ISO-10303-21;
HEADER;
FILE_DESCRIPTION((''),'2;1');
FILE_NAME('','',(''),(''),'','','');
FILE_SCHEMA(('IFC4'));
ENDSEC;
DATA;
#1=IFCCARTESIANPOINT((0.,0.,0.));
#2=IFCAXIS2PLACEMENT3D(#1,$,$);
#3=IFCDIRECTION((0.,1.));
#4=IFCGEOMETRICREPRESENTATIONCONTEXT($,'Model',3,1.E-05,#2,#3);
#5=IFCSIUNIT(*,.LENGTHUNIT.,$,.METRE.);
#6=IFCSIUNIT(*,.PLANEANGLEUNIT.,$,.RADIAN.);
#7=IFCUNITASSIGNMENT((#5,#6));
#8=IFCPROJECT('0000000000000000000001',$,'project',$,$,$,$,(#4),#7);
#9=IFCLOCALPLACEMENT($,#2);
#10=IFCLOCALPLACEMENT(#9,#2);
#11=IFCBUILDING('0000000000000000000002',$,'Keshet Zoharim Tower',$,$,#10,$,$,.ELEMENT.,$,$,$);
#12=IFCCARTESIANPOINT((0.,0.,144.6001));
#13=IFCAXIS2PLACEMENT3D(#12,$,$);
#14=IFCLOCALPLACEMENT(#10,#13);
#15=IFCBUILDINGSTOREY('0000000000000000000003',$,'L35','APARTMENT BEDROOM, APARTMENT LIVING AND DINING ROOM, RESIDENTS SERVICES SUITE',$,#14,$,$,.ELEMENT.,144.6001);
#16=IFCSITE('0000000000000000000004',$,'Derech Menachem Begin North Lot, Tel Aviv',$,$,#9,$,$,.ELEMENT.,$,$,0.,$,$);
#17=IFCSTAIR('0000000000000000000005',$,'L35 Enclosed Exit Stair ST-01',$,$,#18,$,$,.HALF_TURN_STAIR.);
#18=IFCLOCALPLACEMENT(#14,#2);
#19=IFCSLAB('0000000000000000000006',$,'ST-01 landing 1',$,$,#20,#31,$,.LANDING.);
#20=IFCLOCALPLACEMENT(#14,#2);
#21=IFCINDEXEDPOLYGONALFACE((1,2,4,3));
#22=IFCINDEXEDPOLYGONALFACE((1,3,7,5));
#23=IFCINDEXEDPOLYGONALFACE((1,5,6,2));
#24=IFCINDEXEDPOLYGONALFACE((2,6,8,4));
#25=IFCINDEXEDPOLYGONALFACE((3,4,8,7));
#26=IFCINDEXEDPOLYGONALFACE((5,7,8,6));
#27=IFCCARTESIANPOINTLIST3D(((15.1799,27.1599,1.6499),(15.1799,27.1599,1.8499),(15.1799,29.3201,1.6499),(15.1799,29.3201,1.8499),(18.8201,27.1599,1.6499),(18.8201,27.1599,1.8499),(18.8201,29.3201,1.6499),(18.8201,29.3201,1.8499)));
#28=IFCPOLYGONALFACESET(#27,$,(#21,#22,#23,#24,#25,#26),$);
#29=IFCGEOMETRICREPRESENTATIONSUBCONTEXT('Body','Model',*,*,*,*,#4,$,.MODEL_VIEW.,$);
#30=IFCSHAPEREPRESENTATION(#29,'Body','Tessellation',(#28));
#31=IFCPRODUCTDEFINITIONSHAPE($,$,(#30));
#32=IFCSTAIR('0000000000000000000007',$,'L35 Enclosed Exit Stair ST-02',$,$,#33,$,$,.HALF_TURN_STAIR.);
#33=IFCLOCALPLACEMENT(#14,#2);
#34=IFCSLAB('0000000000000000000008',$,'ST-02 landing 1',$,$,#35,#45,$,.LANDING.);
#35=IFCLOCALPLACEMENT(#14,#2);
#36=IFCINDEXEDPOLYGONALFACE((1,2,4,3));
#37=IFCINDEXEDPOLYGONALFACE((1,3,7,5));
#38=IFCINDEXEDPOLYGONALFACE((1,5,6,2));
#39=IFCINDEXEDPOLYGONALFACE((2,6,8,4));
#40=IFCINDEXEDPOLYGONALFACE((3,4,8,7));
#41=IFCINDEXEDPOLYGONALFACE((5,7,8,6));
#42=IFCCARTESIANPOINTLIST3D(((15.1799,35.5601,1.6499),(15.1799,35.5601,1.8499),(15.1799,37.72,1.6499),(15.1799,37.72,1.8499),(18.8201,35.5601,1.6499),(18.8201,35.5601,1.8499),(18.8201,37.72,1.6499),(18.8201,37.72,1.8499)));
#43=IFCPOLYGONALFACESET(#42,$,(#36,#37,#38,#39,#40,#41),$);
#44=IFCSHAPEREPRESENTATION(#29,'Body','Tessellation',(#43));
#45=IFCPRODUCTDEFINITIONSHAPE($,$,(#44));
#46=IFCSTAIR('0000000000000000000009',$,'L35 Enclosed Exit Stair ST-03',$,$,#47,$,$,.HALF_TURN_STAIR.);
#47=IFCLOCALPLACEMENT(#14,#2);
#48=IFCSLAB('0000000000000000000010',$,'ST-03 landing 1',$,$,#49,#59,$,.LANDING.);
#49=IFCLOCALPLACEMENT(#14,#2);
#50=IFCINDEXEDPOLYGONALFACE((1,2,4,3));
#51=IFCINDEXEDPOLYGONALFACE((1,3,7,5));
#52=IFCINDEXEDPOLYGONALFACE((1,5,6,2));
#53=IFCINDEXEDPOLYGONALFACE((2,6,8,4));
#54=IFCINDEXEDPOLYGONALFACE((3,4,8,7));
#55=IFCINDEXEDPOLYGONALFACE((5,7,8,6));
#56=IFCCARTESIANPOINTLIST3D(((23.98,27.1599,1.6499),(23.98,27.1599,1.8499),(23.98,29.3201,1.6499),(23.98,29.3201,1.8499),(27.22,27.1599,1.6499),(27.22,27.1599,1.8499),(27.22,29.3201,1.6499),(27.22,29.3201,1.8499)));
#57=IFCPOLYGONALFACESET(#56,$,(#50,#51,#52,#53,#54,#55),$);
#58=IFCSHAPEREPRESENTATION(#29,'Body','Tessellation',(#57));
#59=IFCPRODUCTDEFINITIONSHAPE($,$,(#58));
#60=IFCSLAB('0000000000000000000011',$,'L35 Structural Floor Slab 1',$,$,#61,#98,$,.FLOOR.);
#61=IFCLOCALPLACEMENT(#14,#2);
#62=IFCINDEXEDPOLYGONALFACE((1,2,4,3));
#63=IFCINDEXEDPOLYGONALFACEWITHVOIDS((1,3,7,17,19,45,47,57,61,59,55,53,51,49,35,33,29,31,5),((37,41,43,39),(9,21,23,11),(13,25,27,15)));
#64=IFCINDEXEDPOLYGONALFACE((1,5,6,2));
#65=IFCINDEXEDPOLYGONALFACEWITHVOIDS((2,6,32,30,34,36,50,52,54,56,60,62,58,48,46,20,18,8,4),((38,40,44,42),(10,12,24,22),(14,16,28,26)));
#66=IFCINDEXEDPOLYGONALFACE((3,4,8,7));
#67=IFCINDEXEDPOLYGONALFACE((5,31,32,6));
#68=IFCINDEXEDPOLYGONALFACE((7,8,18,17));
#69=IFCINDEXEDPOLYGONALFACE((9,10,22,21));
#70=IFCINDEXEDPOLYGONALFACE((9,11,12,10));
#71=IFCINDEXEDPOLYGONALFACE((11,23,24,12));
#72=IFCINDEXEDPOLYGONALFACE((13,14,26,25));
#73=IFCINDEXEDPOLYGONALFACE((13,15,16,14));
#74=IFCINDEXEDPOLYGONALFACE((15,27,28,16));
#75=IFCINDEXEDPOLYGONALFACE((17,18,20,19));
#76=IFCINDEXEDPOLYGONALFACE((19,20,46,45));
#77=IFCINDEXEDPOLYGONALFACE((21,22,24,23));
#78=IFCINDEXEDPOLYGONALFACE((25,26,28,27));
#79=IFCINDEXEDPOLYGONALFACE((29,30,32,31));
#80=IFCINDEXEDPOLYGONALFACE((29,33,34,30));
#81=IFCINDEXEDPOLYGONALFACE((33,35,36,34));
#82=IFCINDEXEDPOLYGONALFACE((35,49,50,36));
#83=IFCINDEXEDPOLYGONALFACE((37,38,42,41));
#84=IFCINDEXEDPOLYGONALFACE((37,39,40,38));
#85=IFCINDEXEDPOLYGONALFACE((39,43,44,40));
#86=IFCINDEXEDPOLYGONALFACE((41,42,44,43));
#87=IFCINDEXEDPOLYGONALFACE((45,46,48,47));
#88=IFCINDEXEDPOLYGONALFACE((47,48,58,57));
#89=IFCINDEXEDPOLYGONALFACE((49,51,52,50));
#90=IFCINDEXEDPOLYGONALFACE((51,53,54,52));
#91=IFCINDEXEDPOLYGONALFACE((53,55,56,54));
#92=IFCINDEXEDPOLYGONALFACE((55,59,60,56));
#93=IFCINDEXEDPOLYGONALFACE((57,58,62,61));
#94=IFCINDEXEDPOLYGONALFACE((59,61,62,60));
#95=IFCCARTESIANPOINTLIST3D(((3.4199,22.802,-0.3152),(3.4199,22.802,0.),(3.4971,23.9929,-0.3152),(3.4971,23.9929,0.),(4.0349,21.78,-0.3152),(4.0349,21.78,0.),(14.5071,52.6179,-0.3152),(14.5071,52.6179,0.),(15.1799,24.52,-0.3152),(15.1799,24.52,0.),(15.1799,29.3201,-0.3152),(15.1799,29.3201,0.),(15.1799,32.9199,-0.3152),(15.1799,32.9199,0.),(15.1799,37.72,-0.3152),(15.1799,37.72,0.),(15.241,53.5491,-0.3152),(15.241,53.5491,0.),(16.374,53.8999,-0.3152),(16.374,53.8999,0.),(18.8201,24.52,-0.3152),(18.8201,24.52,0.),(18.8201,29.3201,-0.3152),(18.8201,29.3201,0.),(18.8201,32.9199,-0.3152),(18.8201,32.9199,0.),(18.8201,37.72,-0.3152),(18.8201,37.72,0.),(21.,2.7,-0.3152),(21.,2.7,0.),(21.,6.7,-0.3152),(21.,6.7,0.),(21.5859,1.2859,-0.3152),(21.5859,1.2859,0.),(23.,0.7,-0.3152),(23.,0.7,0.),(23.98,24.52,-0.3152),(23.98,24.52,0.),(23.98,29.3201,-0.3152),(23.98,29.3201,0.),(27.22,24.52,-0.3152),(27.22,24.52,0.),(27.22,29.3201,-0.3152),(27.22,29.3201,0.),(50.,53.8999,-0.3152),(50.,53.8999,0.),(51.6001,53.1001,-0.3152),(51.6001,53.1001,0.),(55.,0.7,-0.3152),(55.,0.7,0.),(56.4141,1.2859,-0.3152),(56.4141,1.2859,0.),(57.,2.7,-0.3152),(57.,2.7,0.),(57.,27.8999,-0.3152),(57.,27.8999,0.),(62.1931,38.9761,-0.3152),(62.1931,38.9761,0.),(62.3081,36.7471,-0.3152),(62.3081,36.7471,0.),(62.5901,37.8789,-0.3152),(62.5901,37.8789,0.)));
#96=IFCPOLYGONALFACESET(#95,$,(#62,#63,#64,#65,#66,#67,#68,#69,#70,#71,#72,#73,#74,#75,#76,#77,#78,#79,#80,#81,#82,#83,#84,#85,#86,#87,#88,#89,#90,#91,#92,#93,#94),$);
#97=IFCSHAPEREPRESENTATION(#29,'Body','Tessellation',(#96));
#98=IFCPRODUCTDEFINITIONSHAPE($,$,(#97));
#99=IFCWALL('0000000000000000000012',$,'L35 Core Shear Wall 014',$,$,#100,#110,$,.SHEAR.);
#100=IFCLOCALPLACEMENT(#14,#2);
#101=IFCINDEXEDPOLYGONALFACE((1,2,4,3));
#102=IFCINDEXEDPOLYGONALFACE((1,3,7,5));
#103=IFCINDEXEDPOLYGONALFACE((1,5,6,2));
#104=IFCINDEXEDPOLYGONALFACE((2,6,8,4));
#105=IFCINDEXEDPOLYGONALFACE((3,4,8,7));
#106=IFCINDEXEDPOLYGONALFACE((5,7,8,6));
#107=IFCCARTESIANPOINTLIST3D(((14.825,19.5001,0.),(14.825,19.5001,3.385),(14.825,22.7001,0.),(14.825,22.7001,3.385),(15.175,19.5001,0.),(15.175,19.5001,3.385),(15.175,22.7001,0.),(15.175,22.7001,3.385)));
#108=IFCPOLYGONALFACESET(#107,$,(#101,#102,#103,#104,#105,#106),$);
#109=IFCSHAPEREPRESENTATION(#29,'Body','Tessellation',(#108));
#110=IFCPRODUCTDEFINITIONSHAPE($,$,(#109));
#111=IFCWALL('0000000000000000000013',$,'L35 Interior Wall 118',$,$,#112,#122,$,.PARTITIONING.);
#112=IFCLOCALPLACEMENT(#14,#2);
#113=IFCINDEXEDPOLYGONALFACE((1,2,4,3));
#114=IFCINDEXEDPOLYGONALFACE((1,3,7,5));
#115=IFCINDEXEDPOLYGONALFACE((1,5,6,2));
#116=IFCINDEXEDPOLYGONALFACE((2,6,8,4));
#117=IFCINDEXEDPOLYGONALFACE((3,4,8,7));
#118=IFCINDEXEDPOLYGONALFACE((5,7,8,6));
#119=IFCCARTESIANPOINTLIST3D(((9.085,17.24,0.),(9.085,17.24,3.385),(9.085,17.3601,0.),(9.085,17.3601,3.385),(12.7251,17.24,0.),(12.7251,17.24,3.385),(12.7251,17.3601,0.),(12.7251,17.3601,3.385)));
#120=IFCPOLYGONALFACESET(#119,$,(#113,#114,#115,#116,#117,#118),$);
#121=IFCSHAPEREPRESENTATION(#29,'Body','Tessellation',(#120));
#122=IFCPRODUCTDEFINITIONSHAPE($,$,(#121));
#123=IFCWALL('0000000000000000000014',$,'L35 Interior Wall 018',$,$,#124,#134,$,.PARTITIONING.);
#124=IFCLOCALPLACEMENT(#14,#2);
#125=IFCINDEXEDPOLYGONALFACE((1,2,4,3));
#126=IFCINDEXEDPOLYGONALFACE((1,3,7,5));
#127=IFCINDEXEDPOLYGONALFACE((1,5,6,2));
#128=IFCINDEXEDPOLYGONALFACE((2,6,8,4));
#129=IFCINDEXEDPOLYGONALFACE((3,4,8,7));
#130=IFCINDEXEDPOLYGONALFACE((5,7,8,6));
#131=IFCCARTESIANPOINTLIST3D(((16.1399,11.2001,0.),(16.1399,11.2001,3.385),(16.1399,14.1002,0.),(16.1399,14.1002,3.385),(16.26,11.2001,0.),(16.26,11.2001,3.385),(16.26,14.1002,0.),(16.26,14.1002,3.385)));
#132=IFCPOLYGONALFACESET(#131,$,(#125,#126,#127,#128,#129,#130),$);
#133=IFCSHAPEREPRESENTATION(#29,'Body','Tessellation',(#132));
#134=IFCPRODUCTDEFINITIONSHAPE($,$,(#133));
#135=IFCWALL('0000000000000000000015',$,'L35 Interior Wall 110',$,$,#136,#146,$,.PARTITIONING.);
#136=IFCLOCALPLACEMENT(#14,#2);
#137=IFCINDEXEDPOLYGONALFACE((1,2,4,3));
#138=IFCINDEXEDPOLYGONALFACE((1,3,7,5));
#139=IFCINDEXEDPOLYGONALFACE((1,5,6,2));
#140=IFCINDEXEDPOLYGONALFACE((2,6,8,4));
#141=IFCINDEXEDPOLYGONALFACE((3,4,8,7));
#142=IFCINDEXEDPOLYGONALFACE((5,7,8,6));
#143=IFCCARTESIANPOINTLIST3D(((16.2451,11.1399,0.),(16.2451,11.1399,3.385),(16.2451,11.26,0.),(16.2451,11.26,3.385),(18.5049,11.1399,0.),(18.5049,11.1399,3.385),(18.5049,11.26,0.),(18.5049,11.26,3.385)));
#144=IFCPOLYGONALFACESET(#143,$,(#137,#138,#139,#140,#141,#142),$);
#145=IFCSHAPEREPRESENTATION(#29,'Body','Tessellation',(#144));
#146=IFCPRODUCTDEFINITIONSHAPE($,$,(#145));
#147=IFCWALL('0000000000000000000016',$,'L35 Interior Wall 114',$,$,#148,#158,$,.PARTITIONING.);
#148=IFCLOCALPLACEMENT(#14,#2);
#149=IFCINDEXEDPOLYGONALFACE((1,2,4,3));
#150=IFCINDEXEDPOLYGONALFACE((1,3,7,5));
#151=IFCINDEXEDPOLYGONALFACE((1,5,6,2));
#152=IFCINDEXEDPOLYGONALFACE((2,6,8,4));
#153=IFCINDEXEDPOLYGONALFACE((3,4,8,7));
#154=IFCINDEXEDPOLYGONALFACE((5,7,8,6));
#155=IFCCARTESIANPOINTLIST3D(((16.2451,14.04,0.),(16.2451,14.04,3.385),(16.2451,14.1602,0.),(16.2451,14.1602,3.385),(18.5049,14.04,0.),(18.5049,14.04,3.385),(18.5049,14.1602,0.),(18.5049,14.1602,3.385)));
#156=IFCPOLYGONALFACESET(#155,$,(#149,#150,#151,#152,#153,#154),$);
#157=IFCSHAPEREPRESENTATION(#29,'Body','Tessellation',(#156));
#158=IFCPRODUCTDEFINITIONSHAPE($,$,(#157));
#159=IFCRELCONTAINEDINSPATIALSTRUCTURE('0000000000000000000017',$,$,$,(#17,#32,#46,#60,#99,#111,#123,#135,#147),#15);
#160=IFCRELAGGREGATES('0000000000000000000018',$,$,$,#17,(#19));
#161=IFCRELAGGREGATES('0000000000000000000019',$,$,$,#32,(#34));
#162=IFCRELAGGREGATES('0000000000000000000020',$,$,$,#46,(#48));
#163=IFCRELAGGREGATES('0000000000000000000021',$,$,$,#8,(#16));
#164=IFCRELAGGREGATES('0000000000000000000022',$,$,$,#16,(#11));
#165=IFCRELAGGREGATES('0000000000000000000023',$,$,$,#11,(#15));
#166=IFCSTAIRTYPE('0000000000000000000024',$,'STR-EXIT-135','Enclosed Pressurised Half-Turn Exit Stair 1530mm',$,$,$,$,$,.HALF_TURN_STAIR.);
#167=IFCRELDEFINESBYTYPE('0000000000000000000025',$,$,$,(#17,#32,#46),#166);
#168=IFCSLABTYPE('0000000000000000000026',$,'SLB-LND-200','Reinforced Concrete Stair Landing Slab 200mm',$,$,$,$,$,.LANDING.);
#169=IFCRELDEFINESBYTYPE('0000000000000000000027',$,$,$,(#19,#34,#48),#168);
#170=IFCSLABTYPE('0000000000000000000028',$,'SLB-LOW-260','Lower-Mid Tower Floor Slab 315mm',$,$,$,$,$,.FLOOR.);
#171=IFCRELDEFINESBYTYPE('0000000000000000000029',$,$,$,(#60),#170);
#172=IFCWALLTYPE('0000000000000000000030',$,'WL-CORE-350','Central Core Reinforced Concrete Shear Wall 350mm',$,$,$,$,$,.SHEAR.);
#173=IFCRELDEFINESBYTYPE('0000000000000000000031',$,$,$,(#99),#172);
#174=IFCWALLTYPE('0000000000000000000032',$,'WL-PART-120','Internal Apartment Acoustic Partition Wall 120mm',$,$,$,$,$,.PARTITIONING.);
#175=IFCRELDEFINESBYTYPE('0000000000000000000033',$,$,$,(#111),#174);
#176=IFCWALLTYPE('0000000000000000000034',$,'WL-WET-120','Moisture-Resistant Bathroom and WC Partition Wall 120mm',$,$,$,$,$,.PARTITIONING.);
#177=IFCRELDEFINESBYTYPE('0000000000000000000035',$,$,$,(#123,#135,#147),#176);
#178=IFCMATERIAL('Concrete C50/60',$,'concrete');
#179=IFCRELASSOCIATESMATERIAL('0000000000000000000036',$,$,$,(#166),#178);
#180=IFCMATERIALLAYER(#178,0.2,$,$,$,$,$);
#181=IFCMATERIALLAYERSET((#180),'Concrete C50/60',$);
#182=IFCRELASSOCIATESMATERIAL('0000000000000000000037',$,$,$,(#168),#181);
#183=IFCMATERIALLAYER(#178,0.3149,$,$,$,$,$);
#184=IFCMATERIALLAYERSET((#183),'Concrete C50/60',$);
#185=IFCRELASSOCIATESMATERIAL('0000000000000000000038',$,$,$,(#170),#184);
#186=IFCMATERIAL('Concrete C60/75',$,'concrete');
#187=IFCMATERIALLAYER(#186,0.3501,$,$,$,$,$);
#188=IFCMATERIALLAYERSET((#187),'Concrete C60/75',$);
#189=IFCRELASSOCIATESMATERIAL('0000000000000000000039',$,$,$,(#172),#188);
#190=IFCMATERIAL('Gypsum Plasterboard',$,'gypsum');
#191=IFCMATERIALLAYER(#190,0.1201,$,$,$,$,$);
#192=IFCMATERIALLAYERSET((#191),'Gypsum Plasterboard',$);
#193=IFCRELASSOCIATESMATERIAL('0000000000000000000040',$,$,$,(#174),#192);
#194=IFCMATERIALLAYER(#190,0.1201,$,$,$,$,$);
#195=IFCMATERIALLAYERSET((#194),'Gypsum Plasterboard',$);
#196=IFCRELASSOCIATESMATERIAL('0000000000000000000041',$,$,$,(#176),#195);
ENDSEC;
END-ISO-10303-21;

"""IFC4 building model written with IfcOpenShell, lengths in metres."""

from ifc_helpers import new_model, si_unit, direction, frame, frame_2d, origin, place, context, subcontext, project, spatial, polyline, rectangle, outline, extrude, material, layer, layer_set, type_object, element, aggregate, save


model = new_model("IFC4")

# Units and contexts
model_context = context("Model", 3, precision=1e-05, world=origin(), true_north=direction((0.0, 1.0)))
body_context = subcontext(model_context, "Body", "Model", "MODEL_VIEW")
ifc_project = project(units=[si_unit("LENGTHUNIT", "METRE"), si_unit("PLANEANGLEUNIT", "RADIAN")], contexts=[model_context])

# Site, building, storey
site_placement = place(None, origin())
site = spatial("IfcSite", under=ifc_project, at=site_placement, Name="Derech Menachem Begin North Lot, Tel Aviv", CompositionType="ELEMENT", RefElevation=0.0)
building_placement = place(site_placement, origin())
building = spatial("IfcBuilding", under=site, at=building_placement, Name="Keshet Zoharim Tower", CompositionType="ELEMENT")
storey_placement = place(building_placement, frame((0.0, 0.0, 144.6001)))
storey = spatial("IfcBuildingStorey", under=building, at=storey_placement, Name="L35", Description="APARTMENT BEDROOM, APARTMENT LIVING AND DINING ROOM, RESIDENTS SERVICES SUITE", CompositionType="ELEMENT", Elevation=144.6001)

# Shared definitions
ifc_material_1 = material(Name="Concrete C60/75", Category="concrete")

# Stairs, slabs
ifc_material_2 = material(Name="Concrete C50/60", Category="concrete")
stair_type = type_object("IfcStairType", Name="STR-EXIT-135", Description="Enclosed Pressurised Half-Turn Exit Stair 1530mm", PredefinedType="HALF_TURN_STAIR", material=ifc_material_2)
stair_1_placement = place(storey_placement, origin())
stair_1 = element("IfcStair", 1, at=stair_1_placement, inside=storey, type_object=stair_type, Name="L35 Enclosed Exit Stair ST-01", PredefinedType="HALF_TURN_STAIR")
ifc_layer_1 = layer(ifc_material_2, 0.2)
ifc_layer_set_1 = layer_set([ifc_layer_1], Name="Concrete C50/60")
slab_type_1 = type_object("IfcSlabType", Name="SLB-LND-200", Description="Reinforced Concrete Stair Landing Slab 200mm", PredefinedType="LANDING", material=ifc_layer_set_1)
slab_1_placement = place(storey_placement, frame((0.0, 0.0, 1.6499)))
slab_1 = element("IfcSlab", 2, at=slab_1_placement, type_object=slab_type_1, Name="ST-01 landing 1", PredefinedType="LANDING", context=body_context, shape_type="SweptSolid", body=[
    extrude(outline(polyline([(15.1799, 27.1599), (18.8201, 27.1599), (18.8201, 29.3201), (15.1799, 29.3201), (15.1799, 27.1599)])), origin(), (0.0, 0.0, 1.0), 0.2),
])
aggregate(stair_1, [slab_1])
stair_2_placement = place(storey_placement, origin())
stair_2 = element("IfcStair", 3, at=stair_2_placement, inside=storey, type_object=stair_type, Name="L35 Enclosed Exit Stair ST-02", PredefinedType="HALF_TURN_STAIR")
slab_2_placement = place(storey_placement, frame((0.0, 0.0, 1.6499)))
slab_2 = element("IfcSlab", 4, at=slab_2_placement, type_object=slab_type_1, Name="ST-02 landing 1", PredefinedType="LANDING", context=body_context, shape_type="SweptSolid", body=[
    extrude(outline(polyline([(15.1799, 35.5601), (18.8201, 35.5601), (18.8201, 37.72), (15.1799, 37.72), (15.1799, 35.5601)])), origin(), (0.0, 0.0, 1.0), 0.2),
])
aggregate(stair_2, [slab_2])
stair_3_placement = place(storey_placement, origin())
stair_3 = element("IfcStair", 5, at=stair_3_placement, inside=storey, type_object=stair_type, Name="L35 Enclosed Exit Stair ST-03", PredefinedType="HALF_TURN_STAIR")
slab_3_placement = place(storey_placement, frame((0.0, 0.0, 1.6499)))
slab_3 = element("IfcSlab", 6, at=slab_3_placement, type_object=slab_type_1, Name="ST-03 landing 1", PredefinedType="LANDING", context=body_context, shape_type="SweptSolid", body=[
    extrude(outline(polyline([(23.98, 27.1599), (27.22, 27.1599), (27.22, 29.3201), (23.98, 29.3201), (23.98, 27.1599)])), origin(), (0.0, 0.0, 1.0), 0.2),
])
aggregate(stair_3, [slab_3])

# Slab
ifc_layer_2 = layer(ifc_material_2, 0.3149)
ifc_layer_set_2 = layer_set([ifc_layer_2], Name="Concrete C50/60")
slab_type_2 = type_object("IfcSlabType", Name="SLB-LOW-260", Description="Lower-Mid Tower Floor Slab 315mm", PredefinedType="FLOOR", material=ifc_layer_set_2)
slab_4_placement = place(storey_placement, frame((0.0, 0.0, -0.3152)))
element("IfcSlab", 7, at=slab_4_placement, inside=storey, type_object=slab_type_2, Name="L35 Structural Floor Slab 1", PredefinedType="FLOOR", context=body_context, shape_type="SweptSolid", body=[
    extrude(outline(polyline([(57.0, 2.7), (56.4141, 1.2859), (55.0, 0.7), (23.0, 0.7), (21.5859, 1.2859), (21.0, 2.7), (21.0, 6.7), (4.0349, 21.78), (3.4199, 22.802), (3.4971, 23.9929), (14.5071, 52.6179), (15.241, 53.5491), (16.374, 53.8999), (50.0, 53.8999), (51.6001, 53.1001), (62.1931, 38.9761), (62.5901, 37.8789), (62.3081, 36.7471), (57.0, 27.8999), (57.0, 2.7)]), holes=[polyline([(15.1799, 24.52), (18.8201, 24.52), (18.8201, 29.3201), (15.1799, 29.3201), (15.1799, 24.52)]), polyline([(15.1799, 32.9199), (18.8201, 32.9199), (18.8201, 37.72), (15.1799, 37.72), (15.1799, 32.9199)]), polyline([(23.98, 24.52), (27.22, 24.52), (27.22, 29.3201), (23.98, 29.3201), (23.98, 24.52)])]), origin(), (0.0, 0.0, 1.0), 0.3152),
])

# Wall
ifc_layer_3 = layer(ifc_material_1, 0.3501)
ifc_layer_set_3 = layer_set([ifc_layer_3], Name="Concrete C60/75")
wall_type_1 = type_object("IfcWallType", Name="WL-CORE-350", Description="Central Core Reinforced Concrete Shear Wall 350mm", PredefinedType="SHEAR", material=ifc_layer_set_3)
wall_1_placement = place(storey_placement, frame((15.0, 19.5, 0.0), z_axis=(0.0, 0.0, 1.0), x_axis=(0.0, 1.0, 0.0)))
element("IfcWall", 8, at=wall_1_placement, inside=storey, type_object=wall_type_1, Name="L35 Core Shear Wall 014", PredefinedType="SHEAR", context=body_context, shape_type="SweptSolid", body=[
    extrude(rectangle(XDim=3.2, YDim=0.3501, at=frame_2d((1.6001, 0.0))), origin(), (0.0, 0.0, 1.0), 3.385),
])

# Shared definitions
ifc_material_3 = material(Name="Gypsum Plasterboard", Category="gypsum")
ifc_layer_4 = layer(ifc_material_3, 0.1201)
ifc_layer_set_4 = layer_set([ifc_layer_4], Name="Gypsum Plasterboard")
wall_type_2 = type_object("IfcWallType", Name="WL-PART-120", Description="Internal Apartment Acoustic Partition Wall 120mm", PredefinedType="PARTITIONING", material=ifc_layer_set_4)

# Walls
wall_2_placement = place(storey_placement, frame((9.085, 17.3, 0.0), z_axis=(0.0, 0.0, 1.0), x_axis=(1.0, 0.0, 0.0)))
element("IfcWall", 9, at=wall_2_placement, inside=storey, type_object=wall_type_2, Name="L35 Interior Wall 118", PredefinedType="PARTITIONING", context=body_context, shape_type="SweptSolid", body=[
    extrude(rectangle(XDim=3.6401, YDim=0.1201, at=frame_2d((1.8201, 0.0))), origin(), (0.0, 0.0, 1.0), 3.385),
])
ifc_layer_5 = layer(ifc_material_3, 0.1201)
ifc_layer_set_5 = layer_set([ifc_layer_5], Name="Gypsum Plasterboard")
wall_type_3 = type_object("IfcWallType", Name="WL-WET-120", Description="Moisture-Resistant Bathroom and WC Partition Wall 120mm", PredefinedType="PARTITIONING", material=ifc_layer_set_5)
wall_3_placement = place(storey_placement, frame((16.2, 11.2, 0.0), z_axis=(0.0, 0.0, 1.0), x_axis=(0.0, 1.0, 0.0)))
element("IfcWall", 10, at=wall_3_placement, inside=storey, type_object=wall_type_3, Name="L35 Interior Wall 018", PredefinedType="PARTITIONING", context=body_context, shape_type="SweptSolid", body=[
    extrude(rectangle(XDim=2.9001, YDim=0.1201, at=frame_2d((1.4502, 0.0))), origin(), (0.0, 0.0, 1.0), 3.385),
])
for number, where, z_axis, x_axis, name in (
    (11, (16.2451, 11.2, 0.0), (0.0, 0.0, 1.0), (1.0, 0.0, 0.0), "L35 Interior Wall 110"),
    (12, (16.2451, 14.1001, 0.0), (0.0, 0.0, 1.0), (1.0, 0.0, 0.0), "L35 Interior Wall 114"),
):
    element("IfcWall", number, at=place(storey_placement, frame(where, z_axis=z_axis, x_axis=x_axis)), inside=storey, type_object=wall_type_3, Name=name, PredefinedType="PARTITIONING", context=body_context, shape_type="SweptSolid", body=[
        extrude(rectangle(XDim=2.2598, YDim=0.1201, at=frame_2d((1.1299, 0.0))), origin(), (0.0, 0.0, 1.0), 3.385),
    ])

save(model, "model.ifc")
